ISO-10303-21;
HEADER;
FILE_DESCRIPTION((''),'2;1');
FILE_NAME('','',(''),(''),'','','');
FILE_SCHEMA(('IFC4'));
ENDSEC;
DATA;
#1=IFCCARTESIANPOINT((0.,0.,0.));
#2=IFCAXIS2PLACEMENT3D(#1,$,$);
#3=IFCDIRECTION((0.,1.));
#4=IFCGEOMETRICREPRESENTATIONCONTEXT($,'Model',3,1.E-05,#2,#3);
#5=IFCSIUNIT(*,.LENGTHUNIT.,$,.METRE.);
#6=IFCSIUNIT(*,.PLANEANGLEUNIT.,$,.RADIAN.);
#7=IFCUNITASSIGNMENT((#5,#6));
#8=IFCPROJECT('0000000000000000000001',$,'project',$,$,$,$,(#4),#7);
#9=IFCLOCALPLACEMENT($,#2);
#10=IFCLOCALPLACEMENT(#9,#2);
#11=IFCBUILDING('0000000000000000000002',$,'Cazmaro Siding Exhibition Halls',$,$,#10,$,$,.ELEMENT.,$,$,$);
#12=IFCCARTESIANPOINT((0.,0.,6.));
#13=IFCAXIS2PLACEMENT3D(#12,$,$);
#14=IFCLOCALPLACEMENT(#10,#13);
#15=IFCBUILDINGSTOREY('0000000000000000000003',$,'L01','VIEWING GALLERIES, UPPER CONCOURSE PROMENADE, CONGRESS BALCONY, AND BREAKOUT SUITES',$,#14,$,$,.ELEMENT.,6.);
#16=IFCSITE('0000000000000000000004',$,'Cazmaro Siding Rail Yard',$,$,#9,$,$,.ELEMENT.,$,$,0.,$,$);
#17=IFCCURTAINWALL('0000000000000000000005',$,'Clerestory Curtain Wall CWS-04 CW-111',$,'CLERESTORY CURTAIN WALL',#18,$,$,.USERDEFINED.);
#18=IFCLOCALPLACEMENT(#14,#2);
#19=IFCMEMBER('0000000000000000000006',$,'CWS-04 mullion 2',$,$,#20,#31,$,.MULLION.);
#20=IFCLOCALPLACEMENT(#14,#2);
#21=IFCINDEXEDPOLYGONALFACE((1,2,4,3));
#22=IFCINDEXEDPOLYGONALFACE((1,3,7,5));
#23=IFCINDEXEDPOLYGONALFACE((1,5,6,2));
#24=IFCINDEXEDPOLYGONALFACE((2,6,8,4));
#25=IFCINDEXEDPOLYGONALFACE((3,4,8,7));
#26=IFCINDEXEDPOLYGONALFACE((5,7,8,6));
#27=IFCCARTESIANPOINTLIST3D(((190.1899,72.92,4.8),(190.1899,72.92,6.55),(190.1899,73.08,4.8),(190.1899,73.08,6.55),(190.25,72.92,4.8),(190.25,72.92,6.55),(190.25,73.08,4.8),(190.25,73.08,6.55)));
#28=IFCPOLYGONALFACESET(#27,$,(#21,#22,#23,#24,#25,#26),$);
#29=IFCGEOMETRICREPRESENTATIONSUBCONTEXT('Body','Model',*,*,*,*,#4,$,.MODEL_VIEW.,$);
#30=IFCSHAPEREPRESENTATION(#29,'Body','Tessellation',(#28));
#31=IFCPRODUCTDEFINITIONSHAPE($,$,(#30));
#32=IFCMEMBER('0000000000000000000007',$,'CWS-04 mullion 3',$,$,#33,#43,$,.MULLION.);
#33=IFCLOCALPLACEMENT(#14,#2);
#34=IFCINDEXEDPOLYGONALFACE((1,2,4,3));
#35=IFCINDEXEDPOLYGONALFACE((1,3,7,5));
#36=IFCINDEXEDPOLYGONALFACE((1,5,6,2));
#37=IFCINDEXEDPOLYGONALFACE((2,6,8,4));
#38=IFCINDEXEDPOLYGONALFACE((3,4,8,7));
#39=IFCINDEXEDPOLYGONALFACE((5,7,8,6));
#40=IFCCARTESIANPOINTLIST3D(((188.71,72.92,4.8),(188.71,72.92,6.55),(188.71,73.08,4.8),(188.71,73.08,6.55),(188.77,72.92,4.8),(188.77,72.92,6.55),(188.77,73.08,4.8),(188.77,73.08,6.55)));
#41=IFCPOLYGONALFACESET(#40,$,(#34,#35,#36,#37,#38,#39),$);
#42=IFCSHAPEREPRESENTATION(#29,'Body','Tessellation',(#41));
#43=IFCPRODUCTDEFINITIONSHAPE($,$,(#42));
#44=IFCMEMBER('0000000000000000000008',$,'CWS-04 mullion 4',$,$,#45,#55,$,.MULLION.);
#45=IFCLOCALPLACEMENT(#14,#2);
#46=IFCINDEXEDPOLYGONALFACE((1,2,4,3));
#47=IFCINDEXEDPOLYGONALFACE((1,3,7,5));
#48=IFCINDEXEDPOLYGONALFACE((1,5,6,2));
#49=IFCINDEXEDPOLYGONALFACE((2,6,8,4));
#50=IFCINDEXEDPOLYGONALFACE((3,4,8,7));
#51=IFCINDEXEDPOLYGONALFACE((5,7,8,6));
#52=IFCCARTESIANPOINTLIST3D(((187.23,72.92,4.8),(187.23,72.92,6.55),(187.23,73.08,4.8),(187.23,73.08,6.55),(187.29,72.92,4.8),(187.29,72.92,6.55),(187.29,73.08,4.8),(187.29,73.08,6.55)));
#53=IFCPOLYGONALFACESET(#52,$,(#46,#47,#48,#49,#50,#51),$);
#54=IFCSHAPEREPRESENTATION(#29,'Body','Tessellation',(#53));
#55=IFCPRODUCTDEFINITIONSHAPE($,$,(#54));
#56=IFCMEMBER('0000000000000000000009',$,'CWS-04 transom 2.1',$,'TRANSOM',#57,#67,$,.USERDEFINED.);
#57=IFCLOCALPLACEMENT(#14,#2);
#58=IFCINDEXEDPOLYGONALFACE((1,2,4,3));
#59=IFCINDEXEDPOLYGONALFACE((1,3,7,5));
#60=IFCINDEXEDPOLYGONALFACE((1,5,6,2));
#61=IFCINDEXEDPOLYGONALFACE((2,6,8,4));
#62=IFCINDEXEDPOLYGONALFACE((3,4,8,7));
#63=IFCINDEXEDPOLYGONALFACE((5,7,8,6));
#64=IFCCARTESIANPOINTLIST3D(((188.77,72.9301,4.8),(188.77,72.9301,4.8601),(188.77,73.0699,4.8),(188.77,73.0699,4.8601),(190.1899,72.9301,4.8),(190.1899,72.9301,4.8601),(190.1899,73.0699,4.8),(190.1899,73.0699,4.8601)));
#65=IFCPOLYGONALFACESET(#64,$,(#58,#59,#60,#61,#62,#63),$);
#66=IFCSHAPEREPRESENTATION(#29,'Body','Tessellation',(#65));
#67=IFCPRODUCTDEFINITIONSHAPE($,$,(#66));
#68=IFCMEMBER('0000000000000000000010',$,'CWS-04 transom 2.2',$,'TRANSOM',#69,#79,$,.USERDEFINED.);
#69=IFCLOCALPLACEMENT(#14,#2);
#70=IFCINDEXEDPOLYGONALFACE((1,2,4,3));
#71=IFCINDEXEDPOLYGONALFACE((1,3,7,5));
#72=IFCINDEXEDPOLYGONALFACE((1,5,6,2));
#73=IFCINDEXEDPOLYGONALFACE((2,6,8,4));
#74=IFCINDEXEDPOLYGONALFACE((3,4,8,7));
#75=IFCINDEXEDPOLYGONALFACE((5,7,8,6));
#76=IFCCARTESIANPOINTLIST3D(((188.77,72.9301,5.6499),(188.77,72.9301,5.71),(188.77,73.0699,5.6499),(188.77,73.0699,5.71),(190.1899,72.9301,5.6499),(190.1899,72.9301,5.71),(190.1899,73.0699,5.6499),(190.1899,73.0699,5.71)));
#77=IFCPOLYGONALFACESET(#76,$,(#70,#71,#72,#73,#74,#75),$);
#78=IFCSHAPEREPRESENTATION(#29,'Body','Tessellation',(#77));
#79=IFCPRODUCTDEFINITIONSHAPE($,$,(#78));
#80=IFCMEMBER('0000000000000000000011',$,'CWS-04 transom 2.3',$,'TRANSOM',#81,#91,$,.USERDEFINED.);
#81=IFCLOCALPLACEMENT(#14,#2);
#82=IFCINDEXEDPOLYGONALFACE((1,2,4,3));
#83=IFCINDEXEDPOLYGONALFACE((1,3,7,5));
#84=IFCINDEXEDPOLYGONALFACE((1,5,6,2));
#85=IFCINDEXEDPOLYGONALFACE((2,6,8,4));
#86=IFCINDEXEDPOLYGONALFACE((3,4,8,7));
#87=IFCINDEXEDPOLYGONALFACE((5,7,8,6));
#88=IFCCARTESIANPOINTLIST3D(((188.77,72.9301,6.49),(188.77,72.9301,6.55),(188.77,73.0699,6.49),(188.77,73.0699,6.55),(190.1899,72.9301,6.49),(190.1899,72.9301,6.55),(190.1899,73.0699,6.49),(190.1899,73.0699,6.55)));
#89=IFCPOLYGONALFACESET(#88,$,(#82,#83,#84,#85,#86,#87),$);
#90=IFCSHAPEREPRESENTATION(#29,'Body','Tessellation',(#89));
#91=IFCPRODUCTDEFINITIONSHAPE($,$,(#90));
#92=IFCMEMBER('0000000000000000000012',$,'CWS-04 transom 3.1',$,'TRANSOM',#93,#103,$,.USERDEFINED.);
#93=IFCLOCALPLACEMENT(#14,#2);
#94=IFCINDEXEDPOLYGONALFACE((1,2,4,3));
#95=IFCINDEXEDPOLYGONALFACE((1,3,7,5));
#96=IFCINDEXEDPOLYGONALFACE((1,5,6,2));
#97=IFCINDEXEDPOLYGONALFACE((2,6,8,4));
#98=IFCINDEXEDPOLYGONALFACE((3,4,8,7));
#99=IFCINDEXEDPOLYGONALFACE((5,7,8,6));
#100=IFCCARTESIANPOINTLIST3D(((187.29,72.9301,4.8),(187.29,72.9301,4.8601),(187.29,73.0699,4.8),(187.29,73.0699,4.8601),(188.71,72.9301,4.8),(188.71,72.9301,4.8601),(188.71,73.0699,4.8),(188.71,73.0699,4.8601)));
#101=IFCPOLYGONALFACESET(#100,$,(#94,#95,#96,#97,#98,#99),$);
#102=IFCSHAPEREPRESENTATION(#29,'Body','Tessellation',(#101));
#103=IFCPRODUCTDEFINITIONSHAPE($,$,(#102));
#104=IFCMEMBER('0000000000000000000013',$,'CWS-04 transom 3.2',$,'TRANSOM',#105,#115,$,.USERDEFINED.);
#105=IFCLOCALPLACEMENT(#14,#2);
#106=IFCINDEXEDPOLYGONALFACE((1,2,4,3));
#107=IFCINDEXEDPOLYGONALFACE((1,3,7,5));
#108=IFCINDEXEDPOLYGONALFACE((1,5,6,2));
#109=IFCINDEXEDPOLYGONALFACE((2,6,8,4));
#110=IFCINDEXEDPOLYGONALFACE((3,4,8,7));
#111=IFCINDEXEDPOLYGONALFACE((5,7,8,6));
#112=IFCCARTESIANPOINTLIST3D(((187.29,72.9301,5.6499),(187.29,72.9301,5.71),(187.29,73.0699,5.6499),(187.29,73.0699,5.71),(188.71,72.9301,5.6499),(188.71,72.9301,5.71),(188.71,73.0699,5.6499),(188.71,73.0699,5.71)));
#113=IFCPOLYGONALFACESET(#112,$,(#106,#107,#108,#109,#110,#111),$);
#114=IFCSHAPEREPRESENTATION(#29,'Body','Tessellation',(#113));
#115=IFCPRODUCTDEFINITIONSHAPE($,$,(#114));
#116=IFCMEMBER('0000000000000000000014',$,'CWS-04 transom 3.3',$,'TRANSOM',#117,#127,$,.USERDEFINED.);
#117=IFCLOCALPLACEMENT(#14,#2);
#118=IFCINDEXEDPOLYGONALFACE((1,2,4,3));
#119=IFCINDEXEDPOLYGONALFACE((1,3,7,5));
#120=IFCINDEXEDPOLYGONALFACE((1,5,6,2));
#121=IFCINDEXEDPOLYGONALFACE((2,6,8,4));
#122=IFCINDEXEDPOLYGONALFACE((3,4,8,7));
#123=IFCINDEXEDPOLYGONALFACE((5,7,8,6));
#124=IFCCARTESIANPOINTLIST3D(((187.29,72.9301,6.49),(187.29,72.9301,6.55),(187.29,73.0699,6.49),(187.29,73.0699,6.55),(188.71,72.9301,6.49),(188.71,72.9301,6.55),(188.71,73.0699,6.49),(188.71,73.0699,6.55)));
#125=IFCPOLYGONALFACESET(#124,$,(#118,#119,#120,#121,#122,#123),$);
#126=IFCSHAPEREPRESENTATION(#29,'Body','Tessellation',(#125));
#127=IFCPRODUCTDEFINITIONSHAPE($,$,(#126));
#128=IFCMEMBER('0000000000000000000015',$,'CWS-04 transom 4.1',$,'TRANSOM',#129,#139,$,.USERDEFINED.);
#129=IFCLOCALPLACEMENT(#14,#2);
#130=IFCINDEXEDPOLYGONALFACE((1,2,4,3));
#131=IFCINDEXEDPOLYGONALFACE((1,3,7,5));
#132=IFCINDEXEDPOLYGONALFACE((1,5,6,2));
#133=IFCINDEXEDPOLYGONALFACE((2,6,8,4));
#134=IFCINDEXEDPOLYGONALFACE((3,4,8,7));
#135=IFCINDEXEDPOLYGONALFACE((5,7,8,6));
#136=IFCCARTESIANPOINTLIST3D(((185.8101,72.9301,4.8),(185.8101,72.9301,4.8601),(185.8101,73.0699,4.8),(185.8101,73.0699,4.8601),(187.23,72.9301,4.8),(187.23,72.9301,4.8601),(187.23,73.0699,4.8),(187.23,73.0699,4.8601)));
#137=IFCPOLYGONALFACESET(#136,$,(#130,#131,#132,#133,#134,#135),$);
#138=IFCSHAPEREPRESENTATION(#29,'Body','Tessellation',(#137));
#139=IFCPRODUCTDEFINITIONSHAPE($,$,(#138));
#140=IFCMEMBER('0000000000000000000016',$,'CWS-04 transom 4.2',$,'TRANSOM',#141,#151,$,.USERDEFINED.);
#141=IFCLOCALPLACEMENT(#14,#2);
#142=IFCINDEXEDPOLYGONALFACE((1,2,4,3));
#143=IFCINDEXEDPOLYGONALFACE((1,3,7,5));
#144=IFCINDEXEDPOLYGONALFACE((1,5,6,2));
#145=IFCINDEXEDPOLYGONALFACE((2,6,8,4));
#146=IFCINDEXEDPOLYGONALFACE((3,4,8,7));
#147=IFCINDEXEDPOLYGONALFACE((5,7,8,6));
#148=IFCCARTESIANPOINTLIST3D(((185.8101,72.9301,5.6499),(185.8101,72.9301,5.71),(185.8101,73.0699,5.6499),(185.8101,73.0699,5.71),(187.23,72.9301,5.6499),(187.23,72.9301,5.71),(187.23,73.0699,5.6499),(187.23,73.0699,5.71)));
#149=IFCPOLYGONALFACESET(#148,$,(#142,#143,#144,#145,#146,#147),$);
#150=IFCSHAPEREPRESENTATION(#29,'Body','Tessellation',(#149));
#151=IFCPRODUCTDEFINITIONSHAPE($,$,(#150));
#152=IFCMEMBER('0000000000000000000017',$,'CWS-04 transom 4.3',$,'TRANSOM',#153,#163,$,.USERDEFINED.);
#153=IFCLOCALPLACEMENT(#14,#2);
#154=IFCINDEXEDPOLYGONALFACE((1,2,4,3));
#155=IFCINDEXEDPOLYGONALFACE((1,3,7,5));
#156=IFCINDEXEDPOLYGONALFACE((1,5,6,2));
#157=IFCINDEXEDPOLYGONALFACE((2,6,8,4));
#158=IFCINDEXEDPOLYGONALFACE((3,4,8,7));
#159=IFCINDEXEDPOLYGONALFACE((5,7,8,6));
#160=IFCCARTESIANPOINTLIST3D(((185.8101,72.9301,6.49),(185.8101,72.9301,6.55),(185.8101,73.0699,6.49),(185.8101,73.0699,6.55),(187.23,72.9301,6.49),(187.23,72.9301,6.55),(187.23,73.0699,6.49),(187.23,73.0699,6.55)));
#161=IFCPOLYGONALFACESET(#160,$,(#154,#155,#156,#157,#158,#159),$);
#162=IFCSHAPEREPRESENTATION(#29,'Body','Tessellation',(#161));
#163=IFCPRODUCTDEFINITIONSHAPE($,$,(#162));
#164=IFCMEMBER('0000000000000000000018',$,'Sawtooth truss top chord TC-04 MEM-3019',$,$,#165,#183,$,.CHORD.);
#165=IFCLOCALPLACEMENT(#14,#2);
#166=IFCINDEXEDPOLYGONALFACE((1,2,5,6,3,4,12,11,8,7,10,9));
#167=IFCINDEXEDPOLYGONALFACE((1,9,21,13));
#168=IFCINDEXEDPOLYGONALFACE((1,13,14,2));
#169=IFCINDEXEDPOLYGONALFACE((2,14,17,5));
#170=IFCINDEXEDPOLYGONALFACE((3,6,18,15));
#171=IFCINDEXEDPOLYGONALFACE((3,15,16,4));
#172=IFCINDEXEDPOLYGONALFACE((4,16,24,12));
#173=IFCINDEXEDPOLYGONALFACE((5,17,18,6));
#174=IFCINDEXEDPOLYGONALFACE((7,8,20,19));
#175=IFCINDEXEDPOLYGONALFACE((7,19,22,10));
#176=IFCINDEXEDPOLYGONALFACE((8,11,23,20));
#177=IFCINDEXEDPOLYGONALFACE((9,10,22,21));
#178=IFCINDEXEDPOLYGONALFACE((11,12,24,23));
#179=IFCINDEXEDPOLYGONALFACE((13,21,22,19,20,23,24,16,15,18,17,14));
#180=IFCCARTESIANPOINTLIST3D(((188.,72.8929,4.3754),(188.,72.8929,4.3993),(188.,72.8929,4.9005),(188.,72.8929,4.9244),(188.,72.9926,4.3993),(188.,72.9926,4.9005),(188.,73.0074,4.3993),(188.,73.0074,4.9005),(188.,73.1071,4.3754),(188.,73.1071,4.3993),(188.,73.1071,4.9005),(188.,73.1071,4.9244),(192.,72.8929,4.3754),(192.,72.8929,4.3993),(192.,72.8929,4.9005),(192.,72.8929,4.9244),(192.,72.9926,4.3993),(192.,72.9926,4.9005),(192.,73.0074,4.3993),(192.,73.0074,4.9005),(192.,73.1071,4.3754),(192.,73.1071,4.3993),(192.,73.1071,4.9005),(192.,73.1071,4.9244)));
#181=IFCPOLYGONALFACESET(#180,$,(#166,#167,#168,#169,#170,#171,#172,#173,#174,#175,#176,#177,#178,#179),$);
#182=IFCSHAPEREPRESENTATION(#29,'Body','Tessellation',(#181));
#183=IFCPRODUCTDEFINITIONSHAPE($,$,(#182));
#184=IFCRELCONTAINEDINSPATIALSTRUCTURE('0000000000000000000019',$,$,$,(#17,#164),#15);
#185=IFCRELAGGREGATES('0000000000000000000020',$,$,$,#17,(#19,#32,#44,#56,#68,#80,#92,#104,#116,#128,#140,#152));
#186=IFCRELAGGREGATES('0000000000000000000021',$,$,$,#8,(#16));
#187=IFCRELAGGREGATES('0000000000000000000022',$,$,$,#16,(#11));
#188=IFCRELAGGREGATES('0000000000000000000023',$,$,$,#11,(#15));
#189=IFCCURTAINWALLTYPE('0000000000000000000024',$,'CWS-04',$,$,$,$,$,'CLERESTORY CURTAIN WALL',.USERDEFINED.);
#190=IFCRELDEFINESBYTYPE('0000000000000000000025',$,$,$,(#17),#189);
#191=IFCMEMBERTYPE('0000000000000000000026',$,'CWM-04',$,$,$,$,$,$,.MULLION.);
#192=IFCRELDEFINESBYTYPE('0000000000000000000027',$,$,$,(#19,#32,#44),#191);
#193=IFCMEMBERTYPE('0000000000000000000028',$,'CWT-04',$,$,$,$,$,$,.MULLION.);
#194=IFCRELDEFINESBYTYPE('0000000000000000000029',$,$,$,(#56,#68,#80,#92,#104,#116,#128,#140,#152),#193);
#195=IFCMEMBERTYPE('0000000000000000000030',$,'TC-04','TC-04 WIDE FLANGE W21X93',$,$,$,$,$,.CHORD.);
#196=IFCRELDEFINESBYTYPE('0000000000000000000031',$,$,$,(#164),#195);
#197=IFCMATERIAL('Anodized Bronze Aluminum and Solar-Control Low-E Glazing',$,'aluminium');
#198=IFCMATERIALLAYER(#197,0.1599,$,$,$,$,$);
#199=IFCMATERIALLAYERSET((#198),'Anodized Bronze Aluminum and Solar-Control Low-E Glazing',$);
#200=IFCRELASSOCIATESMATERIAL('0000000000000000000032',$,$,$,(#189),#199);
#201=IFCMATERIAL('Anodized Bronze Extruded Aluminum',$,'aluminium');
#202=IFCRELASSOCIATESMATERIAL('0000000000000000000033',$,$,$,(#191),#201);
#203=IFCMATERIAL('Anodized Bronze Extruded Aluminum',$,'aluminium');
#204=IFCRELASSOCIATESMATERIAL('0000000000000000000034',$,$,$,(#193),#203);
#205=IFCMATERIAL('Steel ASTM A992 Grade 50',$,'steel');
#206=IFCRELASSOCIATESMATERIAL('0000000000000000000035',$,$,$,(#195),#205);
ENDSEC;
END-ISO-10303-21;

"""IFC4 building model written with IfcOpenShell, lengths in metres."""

from ifc_helpers import new_model, si_unit, direction, frame, origin, origin_2d, place, context, subcontext, project, spatial, rectangle, i_section, extrude, material, layer, layer_set, material_profile, profile_set, type_object, element, aggregate, save


model = new_model("IFC4")

# Units and contexts
model_context = context("Model", 3, precision=1e-05, world=origin(), true_north=direction((0.0, 1.0)))
body_context = subcontext(model_context, "Body", "Model", "MODEL_VIEW")
ifc_project = project(units=[si_unit("LENGTHUNIT", "METRE"), si_unit("PLANEANGLEUNIT", "RADIAN")], contexts=[model_context])

# Site, building, storey
site_placement = place(None, origin())
site = spatial("IfcSite", under=ifc_project, at=site_placement, Name="Cazmaro Siding Rail Yard", CompositionType="ELEMENT", RefElevation=0.0)
building_placement = place(site_placement, origin())
building = spatial("IfcBuilding", under=site, at=building_placement, Name="Cazmaro Siding Exhibition Halls", CompositionType="ELEMENT")
storey_placement = place(building_placement, frame((0.0, 0.0, 6.0)))
storey = spatial("IfcBuildingStorey", under=building, at=storey_placement, Name="L01", Description="VIEWING GALLERIES, UPPER CONCOURSE PROMENADE, CONGRESS BALCONY, AND BREAKOUT SUITES", CompositionType="ELEMENT", Elevation=6.0)

# Curtain wall, members
ifc_material_1 = material(Name="Anodized Bronze Aluminum and Solar-Control Low-E Glazing", Category="aluminium")
ifc_layer_1 = layer(ifc_material_1, 0.1599)
ifc_layer_set_1 = layer_set([ifc_layer_1], Name="Anodized Bronze Aluminum and Solar-Control Low-E Glazing")
curtain_wall_type = type_object("IfcCurtainWallType", Name="CWS-04", ElementType="CLERESTORY CURTAIN WALL", PredefinedType="USERDEFINED", material=ifc_layer_set_1)
curtain_wall_placement = place(storey_placement, origin())
curtain_wall = element("IfcCurtainWall", 1, at=curtain_wall_placement, inside=storey, type_object=curtain_wall_type, Name="Clerestory Curtain Wall CWS-04 CW-111", ObjectType="CLERESTORY CURTAIN WALL", PredefinedType="USERDEFINED")
ifc_material_2 = material(Name="Anodized Bronze Extruded Aluminum", Category="aluminium")
ifc_material_profile_1 = material_profile(ifc_material_2, rectangle(XDim=0.1599, YDim=0.0601, at=origin_2d()), Name="CWM-04")
ifc_profile_set_1 = profile_set([ifc_material_profile_1], Name="Anodized Bronze Extruded Aluminum")
member_type_1 = type_object("IfcMemberType", Name="CWM-04", PredefinedType="MULLION", material=ifc_profile_set_1)
member_1_placement = place(storey_placement, frame((190.22, 73.0, 4.8), z_axis=(0.0, 0.0, 1.0), x_axis=(0.0, -1.0, 0.0)))
member_1 = element("IfcMember", 2, at=member_1_placement, type_object=member_type_1, Name="CWS-04 mullion 2", PredefinedType="MULLION", context=body_context, shape_type="SweptSolid", body=[
    extrude(rectangle(XDim=0.1599, YDim=0.0601, at=origin_2d()), origin(), (0.0, 0.0, 1.0), 1.75),
])
member_2_placement = place(storey_placement, frame((188.74, 73.0, 4.8), z_axis=(0.0, 0.0, 1.0), x_axis=(0.0, -1.0, 0.0)))
member_2 = element("IfcMember", 3, at=member_2_placement, type_object=member_type_1, Name="CWS-04 mullion 3", PredefinedType="MULLION", context=body_context, shape_type="SweptSolid", body=[
    extrude(rectangle(XDim=0.1599, YDim=0.0601, at=origin_2d()), origin(), (0.0, 0.0, 1.0), 1.75),
])
member_3_placement = place(storey_placement, frame((187.26, 73.0, 4.8), z_axis=(0.0, 0.0, 1.0), x_axis=(0.0, -1.0, 0.0)))
member_3 = element("IfcMember", 4, at=member_3_placement, type_object=member_type_1, Name="CWS-04 mullion 4", PredefinedType="MULLION", context=body_context, shape_type="SweptSolid", body=[
    extrude(rectangle(XDim=0.1599, YDim=0.0601, at=origin_2d()), origin(), (0.0, 0.0, 1.0), 1.75),
])
ifc_material_3 = material(Name="Anodized Bronze Extruded Aluminum", Category="aluminium")
ifc_material_profile_2 = material_profile(ifc_material_3, rectangle(XDim=0.1399, YDim=0.0601, at=origin_2d()), Name="CWT-04")
ifc_profile_set_2 = profile_set([ifc_material_profile_2], Name="Anodized Bronze Extruded Aluminum")
member_type_2 = type_object("IfcMemberType", Name="CWT-04", PredefinedType="MULLION", material=ifc_profile_set_2)
member_4_placement = place(storey_placement, frame((190.1899, 73.0, 4.8301), z_axis=(-1.0, 0.0, 0.0), x_axis=(0.0, -1.0, 0.0)))
member_4 = element("IfcMember", 5, at=member_4_placement, type_object=member_type_2, Name="CWS-04 transom 2.1", ObjectType="TRANSOM", PredefinedType="USERDEFINED", context=body_context, shape_type="SweptSolid", body=[
    extrude(rectangle(XDim=0.1399, YDim=0.0601, at=origin_2d()), origin(), (0.0, 0.0, 1.0), 1.4199),
])
member_5_placement = place(storey_placement, frame((190.1899, 73.0, 5.6799), z_axis=(-1.0, 0.0, 0.0), x_axis=(0.0, -1.0, 0.0)))
member_5 = element("IfcMember", 6, at=member_5_placement, type_object=member_type_2, Name="CWS-04 transom 2.2", ObjectType="TRANSOM", PredefinedType="USERDEFINED", context=body_context, shape_type="SweptSolid", body=[
    extrude(rectangle(XDim=0.1399, YDim=0.0601, at=origin_2d()), origin(), (0.0, 0.0, 1.0), 1.4199),
])
member_6_placement = place(storey_placement, frame((190.1899, 73.0, 6.52), z_axis=(-1.0, 0.0, 0.0), x_axis=(0.0, -1.0, 0.0)))
member_6 = element("IfcMember", 7, at=member_6_placement, type_object=member_type_2, Name="CWS-04 transom 2.3", ObjectType="TRANSOM", PredefinedType="USERDEFINED", context=body_context, shape_type="SweptSolid", body=[
    extrude(rectangle(XDim=0.1399, YDim=0.0601, at=origin_2d()), origin(), (0.0, 0.0, 1.0), 1.4199),
])
member_7_placement = place(storey_placement, frame((188.71, 73.0, 4.8301), z_axis=(-1.0, 0.0, 0.0), x_axis=(0.0, -1.0, 0.0)))
member_7 = element("IfcMember", 8, at=member_7_placement, type_object=member_type_2, Name="CWS-04 transom 3.1", ObjectType="TRANSOM", PredefinedType="USERDEFINED", context=body_context, shape_type="SweptSolid", body=[
    extrude(rectangle(XDim=0.1399, YDim=0.0601, at=origin_2d()), origin(), (0.0, 0.0, 1.0), 1.4199),
])
member_8_placement = place(storey_placement, frame((188.71, 73.0, 5.6799), z_axis=(-1.0, 0.0, 0.0), x_axis=(0.0, -1.0, 0.0)))
member_8 = element("IfcMember", 9, at=member_8_placement, type_object=member_type_2, Name="CWS-04 transom 3.2", ObjectType="TRANSOM", PredefinedType="USERDEFINED", context=body_context, shape_type="SweptSolid", body=[
    extrude(rectangle(XDim=0.1399, YDim=0.0601, at=origin_2d()), origin(), (0.0, 0.0, 1.0), 1.4199),
])
member_9_placement = place(storey_placement, frame((188.71, 73.0, 6.52), z_axis=(-1.0, 0.0, 0.0), x_axis=(0.0, -1.0, 0.0)))
member_9 = element("IfcMember", 10, at=member_9_placement, type_object=member_type_2, Name="CWS-04 transom 3.3", ObjectType="TRANSOM", PredefinedType="USERDEFINED", context=body_context, shape_type="SweptSolid", body=[
    extrude(rectangle(XDim=0.1399, YDim=0.0601, at=origin_2d()), origin(), (0.0, 0.0, 1.0), 1.4199),
])
member_10_placement = place(storey_placement, frame((187.23, 73.0, 4.8301), z_axis=(-1.0, 0.0, 0.0), x_axis=(0.0, -1.0, 0.0)))
member_10 = element("IfcMember", 11, at=member_10_placement, type_object=member_type_2, Name="CWS-04 transom 4.1", ObjectType="TRANSOM", PredefinedType="USERDEFINED", context=body_context, shape_type="SweptSolid", body=[
    extrude(rectangle(XDim=0.1399, YDim=0.0601, at=origin_2d()), origin(), (0.0, 0.0, 1.0), 1.4199),
])
member_11_placement = place(storey_placement, frame((187.23, 73.0, 5.6799), z_axis=(-1.0, 0.0, 0.0), x_axis=(0.0, -1.0, 0.0)))
member_11 = element("IfcMember", 12, at=member_11_placement, type_object=member_type_2, Name="CWS-04 transom 4.2", ObjectType="TRANSOM", PredefinedType="USERDEFINED", context=body_context, shape_type="SweptSolid", body=[
    extrude(rectangle(XDim=0.1399, YDim=0.0601, at=origin_2d()), origin(), (0.0, 0.0, 1.0), 1.4199),
])
member_12_placement = place(storey_placement, frame((187.23, 73.0, 6.52), z_axis=(-1.0, 0.0, 0.0), x_axis=(0.0, -1.0, 0.0)))
member_12 = element("IfcMember", 13, at=member_12_placement, type_object=member_type_2, Name="CWS-04 transom 4.3", ObjectType="TRANSOM", PredefinedType="USERDEFINED", context=body_context, shape_type="SweptSolid", body=[
    extrude(rectangle(XDim=0.1399, YDim=0.0601, at=origin_2d()), origin(), (0.0, 0.0, 1.0), 1.4199),
])

# Member
ifc_material_4 = material(Name="Steel ASTM A992 Grade 50", Category="steel")
ifc_material_profile_3 = material_profile(ifc_material_4, i_section(OverallWidth=0.2141, OverallDepth=0.5491, WebThickness=0.0149, FlangeThickness=0.0239, at=origin_2d()), Name="W21X93")
ifc_profile_set_3 = profile_set([ifc_material_profile_3], Name="Steel ASTM A992 Grade 50")
member_type_3 = type_object("IfcMemberType", Name="TC-04", Description="TC-04 WIDE FLANGE W21X93", PredefinedType="CHORD", material=ifc_profile_set_3)
member_13_placement = place(storey_placement, frame((188.0, 73.0, 4.6499), z_axis=(1.0, 0.0, 0.0), x_axis=(0.0, 1.0, 0.0)))
element("IfcMember", 14, at=member_13_placement, inside=storey, type_object=member_type_3, Name="Sawtooth truss top chord TC-04 MEM-3019", PredefinedType="CHORD", context=body_context, shape_type="SweptSolid", body=[
    extrude(i_section(OverallWidth=0.2141, OverallDepth=0.5491, WebThickness=0.0149, FlangeThickness=0.0239, at=origin_2d()), origin(), (0.0, 0.0, 1.0), 4.0),
])

aggregate(curtain_wall, [member_1, member_2, member_3, member_4, member_5, member_6, member_7, member_8, member_9, member_10, member_11, member_12])

save(model, "model.ifc")
